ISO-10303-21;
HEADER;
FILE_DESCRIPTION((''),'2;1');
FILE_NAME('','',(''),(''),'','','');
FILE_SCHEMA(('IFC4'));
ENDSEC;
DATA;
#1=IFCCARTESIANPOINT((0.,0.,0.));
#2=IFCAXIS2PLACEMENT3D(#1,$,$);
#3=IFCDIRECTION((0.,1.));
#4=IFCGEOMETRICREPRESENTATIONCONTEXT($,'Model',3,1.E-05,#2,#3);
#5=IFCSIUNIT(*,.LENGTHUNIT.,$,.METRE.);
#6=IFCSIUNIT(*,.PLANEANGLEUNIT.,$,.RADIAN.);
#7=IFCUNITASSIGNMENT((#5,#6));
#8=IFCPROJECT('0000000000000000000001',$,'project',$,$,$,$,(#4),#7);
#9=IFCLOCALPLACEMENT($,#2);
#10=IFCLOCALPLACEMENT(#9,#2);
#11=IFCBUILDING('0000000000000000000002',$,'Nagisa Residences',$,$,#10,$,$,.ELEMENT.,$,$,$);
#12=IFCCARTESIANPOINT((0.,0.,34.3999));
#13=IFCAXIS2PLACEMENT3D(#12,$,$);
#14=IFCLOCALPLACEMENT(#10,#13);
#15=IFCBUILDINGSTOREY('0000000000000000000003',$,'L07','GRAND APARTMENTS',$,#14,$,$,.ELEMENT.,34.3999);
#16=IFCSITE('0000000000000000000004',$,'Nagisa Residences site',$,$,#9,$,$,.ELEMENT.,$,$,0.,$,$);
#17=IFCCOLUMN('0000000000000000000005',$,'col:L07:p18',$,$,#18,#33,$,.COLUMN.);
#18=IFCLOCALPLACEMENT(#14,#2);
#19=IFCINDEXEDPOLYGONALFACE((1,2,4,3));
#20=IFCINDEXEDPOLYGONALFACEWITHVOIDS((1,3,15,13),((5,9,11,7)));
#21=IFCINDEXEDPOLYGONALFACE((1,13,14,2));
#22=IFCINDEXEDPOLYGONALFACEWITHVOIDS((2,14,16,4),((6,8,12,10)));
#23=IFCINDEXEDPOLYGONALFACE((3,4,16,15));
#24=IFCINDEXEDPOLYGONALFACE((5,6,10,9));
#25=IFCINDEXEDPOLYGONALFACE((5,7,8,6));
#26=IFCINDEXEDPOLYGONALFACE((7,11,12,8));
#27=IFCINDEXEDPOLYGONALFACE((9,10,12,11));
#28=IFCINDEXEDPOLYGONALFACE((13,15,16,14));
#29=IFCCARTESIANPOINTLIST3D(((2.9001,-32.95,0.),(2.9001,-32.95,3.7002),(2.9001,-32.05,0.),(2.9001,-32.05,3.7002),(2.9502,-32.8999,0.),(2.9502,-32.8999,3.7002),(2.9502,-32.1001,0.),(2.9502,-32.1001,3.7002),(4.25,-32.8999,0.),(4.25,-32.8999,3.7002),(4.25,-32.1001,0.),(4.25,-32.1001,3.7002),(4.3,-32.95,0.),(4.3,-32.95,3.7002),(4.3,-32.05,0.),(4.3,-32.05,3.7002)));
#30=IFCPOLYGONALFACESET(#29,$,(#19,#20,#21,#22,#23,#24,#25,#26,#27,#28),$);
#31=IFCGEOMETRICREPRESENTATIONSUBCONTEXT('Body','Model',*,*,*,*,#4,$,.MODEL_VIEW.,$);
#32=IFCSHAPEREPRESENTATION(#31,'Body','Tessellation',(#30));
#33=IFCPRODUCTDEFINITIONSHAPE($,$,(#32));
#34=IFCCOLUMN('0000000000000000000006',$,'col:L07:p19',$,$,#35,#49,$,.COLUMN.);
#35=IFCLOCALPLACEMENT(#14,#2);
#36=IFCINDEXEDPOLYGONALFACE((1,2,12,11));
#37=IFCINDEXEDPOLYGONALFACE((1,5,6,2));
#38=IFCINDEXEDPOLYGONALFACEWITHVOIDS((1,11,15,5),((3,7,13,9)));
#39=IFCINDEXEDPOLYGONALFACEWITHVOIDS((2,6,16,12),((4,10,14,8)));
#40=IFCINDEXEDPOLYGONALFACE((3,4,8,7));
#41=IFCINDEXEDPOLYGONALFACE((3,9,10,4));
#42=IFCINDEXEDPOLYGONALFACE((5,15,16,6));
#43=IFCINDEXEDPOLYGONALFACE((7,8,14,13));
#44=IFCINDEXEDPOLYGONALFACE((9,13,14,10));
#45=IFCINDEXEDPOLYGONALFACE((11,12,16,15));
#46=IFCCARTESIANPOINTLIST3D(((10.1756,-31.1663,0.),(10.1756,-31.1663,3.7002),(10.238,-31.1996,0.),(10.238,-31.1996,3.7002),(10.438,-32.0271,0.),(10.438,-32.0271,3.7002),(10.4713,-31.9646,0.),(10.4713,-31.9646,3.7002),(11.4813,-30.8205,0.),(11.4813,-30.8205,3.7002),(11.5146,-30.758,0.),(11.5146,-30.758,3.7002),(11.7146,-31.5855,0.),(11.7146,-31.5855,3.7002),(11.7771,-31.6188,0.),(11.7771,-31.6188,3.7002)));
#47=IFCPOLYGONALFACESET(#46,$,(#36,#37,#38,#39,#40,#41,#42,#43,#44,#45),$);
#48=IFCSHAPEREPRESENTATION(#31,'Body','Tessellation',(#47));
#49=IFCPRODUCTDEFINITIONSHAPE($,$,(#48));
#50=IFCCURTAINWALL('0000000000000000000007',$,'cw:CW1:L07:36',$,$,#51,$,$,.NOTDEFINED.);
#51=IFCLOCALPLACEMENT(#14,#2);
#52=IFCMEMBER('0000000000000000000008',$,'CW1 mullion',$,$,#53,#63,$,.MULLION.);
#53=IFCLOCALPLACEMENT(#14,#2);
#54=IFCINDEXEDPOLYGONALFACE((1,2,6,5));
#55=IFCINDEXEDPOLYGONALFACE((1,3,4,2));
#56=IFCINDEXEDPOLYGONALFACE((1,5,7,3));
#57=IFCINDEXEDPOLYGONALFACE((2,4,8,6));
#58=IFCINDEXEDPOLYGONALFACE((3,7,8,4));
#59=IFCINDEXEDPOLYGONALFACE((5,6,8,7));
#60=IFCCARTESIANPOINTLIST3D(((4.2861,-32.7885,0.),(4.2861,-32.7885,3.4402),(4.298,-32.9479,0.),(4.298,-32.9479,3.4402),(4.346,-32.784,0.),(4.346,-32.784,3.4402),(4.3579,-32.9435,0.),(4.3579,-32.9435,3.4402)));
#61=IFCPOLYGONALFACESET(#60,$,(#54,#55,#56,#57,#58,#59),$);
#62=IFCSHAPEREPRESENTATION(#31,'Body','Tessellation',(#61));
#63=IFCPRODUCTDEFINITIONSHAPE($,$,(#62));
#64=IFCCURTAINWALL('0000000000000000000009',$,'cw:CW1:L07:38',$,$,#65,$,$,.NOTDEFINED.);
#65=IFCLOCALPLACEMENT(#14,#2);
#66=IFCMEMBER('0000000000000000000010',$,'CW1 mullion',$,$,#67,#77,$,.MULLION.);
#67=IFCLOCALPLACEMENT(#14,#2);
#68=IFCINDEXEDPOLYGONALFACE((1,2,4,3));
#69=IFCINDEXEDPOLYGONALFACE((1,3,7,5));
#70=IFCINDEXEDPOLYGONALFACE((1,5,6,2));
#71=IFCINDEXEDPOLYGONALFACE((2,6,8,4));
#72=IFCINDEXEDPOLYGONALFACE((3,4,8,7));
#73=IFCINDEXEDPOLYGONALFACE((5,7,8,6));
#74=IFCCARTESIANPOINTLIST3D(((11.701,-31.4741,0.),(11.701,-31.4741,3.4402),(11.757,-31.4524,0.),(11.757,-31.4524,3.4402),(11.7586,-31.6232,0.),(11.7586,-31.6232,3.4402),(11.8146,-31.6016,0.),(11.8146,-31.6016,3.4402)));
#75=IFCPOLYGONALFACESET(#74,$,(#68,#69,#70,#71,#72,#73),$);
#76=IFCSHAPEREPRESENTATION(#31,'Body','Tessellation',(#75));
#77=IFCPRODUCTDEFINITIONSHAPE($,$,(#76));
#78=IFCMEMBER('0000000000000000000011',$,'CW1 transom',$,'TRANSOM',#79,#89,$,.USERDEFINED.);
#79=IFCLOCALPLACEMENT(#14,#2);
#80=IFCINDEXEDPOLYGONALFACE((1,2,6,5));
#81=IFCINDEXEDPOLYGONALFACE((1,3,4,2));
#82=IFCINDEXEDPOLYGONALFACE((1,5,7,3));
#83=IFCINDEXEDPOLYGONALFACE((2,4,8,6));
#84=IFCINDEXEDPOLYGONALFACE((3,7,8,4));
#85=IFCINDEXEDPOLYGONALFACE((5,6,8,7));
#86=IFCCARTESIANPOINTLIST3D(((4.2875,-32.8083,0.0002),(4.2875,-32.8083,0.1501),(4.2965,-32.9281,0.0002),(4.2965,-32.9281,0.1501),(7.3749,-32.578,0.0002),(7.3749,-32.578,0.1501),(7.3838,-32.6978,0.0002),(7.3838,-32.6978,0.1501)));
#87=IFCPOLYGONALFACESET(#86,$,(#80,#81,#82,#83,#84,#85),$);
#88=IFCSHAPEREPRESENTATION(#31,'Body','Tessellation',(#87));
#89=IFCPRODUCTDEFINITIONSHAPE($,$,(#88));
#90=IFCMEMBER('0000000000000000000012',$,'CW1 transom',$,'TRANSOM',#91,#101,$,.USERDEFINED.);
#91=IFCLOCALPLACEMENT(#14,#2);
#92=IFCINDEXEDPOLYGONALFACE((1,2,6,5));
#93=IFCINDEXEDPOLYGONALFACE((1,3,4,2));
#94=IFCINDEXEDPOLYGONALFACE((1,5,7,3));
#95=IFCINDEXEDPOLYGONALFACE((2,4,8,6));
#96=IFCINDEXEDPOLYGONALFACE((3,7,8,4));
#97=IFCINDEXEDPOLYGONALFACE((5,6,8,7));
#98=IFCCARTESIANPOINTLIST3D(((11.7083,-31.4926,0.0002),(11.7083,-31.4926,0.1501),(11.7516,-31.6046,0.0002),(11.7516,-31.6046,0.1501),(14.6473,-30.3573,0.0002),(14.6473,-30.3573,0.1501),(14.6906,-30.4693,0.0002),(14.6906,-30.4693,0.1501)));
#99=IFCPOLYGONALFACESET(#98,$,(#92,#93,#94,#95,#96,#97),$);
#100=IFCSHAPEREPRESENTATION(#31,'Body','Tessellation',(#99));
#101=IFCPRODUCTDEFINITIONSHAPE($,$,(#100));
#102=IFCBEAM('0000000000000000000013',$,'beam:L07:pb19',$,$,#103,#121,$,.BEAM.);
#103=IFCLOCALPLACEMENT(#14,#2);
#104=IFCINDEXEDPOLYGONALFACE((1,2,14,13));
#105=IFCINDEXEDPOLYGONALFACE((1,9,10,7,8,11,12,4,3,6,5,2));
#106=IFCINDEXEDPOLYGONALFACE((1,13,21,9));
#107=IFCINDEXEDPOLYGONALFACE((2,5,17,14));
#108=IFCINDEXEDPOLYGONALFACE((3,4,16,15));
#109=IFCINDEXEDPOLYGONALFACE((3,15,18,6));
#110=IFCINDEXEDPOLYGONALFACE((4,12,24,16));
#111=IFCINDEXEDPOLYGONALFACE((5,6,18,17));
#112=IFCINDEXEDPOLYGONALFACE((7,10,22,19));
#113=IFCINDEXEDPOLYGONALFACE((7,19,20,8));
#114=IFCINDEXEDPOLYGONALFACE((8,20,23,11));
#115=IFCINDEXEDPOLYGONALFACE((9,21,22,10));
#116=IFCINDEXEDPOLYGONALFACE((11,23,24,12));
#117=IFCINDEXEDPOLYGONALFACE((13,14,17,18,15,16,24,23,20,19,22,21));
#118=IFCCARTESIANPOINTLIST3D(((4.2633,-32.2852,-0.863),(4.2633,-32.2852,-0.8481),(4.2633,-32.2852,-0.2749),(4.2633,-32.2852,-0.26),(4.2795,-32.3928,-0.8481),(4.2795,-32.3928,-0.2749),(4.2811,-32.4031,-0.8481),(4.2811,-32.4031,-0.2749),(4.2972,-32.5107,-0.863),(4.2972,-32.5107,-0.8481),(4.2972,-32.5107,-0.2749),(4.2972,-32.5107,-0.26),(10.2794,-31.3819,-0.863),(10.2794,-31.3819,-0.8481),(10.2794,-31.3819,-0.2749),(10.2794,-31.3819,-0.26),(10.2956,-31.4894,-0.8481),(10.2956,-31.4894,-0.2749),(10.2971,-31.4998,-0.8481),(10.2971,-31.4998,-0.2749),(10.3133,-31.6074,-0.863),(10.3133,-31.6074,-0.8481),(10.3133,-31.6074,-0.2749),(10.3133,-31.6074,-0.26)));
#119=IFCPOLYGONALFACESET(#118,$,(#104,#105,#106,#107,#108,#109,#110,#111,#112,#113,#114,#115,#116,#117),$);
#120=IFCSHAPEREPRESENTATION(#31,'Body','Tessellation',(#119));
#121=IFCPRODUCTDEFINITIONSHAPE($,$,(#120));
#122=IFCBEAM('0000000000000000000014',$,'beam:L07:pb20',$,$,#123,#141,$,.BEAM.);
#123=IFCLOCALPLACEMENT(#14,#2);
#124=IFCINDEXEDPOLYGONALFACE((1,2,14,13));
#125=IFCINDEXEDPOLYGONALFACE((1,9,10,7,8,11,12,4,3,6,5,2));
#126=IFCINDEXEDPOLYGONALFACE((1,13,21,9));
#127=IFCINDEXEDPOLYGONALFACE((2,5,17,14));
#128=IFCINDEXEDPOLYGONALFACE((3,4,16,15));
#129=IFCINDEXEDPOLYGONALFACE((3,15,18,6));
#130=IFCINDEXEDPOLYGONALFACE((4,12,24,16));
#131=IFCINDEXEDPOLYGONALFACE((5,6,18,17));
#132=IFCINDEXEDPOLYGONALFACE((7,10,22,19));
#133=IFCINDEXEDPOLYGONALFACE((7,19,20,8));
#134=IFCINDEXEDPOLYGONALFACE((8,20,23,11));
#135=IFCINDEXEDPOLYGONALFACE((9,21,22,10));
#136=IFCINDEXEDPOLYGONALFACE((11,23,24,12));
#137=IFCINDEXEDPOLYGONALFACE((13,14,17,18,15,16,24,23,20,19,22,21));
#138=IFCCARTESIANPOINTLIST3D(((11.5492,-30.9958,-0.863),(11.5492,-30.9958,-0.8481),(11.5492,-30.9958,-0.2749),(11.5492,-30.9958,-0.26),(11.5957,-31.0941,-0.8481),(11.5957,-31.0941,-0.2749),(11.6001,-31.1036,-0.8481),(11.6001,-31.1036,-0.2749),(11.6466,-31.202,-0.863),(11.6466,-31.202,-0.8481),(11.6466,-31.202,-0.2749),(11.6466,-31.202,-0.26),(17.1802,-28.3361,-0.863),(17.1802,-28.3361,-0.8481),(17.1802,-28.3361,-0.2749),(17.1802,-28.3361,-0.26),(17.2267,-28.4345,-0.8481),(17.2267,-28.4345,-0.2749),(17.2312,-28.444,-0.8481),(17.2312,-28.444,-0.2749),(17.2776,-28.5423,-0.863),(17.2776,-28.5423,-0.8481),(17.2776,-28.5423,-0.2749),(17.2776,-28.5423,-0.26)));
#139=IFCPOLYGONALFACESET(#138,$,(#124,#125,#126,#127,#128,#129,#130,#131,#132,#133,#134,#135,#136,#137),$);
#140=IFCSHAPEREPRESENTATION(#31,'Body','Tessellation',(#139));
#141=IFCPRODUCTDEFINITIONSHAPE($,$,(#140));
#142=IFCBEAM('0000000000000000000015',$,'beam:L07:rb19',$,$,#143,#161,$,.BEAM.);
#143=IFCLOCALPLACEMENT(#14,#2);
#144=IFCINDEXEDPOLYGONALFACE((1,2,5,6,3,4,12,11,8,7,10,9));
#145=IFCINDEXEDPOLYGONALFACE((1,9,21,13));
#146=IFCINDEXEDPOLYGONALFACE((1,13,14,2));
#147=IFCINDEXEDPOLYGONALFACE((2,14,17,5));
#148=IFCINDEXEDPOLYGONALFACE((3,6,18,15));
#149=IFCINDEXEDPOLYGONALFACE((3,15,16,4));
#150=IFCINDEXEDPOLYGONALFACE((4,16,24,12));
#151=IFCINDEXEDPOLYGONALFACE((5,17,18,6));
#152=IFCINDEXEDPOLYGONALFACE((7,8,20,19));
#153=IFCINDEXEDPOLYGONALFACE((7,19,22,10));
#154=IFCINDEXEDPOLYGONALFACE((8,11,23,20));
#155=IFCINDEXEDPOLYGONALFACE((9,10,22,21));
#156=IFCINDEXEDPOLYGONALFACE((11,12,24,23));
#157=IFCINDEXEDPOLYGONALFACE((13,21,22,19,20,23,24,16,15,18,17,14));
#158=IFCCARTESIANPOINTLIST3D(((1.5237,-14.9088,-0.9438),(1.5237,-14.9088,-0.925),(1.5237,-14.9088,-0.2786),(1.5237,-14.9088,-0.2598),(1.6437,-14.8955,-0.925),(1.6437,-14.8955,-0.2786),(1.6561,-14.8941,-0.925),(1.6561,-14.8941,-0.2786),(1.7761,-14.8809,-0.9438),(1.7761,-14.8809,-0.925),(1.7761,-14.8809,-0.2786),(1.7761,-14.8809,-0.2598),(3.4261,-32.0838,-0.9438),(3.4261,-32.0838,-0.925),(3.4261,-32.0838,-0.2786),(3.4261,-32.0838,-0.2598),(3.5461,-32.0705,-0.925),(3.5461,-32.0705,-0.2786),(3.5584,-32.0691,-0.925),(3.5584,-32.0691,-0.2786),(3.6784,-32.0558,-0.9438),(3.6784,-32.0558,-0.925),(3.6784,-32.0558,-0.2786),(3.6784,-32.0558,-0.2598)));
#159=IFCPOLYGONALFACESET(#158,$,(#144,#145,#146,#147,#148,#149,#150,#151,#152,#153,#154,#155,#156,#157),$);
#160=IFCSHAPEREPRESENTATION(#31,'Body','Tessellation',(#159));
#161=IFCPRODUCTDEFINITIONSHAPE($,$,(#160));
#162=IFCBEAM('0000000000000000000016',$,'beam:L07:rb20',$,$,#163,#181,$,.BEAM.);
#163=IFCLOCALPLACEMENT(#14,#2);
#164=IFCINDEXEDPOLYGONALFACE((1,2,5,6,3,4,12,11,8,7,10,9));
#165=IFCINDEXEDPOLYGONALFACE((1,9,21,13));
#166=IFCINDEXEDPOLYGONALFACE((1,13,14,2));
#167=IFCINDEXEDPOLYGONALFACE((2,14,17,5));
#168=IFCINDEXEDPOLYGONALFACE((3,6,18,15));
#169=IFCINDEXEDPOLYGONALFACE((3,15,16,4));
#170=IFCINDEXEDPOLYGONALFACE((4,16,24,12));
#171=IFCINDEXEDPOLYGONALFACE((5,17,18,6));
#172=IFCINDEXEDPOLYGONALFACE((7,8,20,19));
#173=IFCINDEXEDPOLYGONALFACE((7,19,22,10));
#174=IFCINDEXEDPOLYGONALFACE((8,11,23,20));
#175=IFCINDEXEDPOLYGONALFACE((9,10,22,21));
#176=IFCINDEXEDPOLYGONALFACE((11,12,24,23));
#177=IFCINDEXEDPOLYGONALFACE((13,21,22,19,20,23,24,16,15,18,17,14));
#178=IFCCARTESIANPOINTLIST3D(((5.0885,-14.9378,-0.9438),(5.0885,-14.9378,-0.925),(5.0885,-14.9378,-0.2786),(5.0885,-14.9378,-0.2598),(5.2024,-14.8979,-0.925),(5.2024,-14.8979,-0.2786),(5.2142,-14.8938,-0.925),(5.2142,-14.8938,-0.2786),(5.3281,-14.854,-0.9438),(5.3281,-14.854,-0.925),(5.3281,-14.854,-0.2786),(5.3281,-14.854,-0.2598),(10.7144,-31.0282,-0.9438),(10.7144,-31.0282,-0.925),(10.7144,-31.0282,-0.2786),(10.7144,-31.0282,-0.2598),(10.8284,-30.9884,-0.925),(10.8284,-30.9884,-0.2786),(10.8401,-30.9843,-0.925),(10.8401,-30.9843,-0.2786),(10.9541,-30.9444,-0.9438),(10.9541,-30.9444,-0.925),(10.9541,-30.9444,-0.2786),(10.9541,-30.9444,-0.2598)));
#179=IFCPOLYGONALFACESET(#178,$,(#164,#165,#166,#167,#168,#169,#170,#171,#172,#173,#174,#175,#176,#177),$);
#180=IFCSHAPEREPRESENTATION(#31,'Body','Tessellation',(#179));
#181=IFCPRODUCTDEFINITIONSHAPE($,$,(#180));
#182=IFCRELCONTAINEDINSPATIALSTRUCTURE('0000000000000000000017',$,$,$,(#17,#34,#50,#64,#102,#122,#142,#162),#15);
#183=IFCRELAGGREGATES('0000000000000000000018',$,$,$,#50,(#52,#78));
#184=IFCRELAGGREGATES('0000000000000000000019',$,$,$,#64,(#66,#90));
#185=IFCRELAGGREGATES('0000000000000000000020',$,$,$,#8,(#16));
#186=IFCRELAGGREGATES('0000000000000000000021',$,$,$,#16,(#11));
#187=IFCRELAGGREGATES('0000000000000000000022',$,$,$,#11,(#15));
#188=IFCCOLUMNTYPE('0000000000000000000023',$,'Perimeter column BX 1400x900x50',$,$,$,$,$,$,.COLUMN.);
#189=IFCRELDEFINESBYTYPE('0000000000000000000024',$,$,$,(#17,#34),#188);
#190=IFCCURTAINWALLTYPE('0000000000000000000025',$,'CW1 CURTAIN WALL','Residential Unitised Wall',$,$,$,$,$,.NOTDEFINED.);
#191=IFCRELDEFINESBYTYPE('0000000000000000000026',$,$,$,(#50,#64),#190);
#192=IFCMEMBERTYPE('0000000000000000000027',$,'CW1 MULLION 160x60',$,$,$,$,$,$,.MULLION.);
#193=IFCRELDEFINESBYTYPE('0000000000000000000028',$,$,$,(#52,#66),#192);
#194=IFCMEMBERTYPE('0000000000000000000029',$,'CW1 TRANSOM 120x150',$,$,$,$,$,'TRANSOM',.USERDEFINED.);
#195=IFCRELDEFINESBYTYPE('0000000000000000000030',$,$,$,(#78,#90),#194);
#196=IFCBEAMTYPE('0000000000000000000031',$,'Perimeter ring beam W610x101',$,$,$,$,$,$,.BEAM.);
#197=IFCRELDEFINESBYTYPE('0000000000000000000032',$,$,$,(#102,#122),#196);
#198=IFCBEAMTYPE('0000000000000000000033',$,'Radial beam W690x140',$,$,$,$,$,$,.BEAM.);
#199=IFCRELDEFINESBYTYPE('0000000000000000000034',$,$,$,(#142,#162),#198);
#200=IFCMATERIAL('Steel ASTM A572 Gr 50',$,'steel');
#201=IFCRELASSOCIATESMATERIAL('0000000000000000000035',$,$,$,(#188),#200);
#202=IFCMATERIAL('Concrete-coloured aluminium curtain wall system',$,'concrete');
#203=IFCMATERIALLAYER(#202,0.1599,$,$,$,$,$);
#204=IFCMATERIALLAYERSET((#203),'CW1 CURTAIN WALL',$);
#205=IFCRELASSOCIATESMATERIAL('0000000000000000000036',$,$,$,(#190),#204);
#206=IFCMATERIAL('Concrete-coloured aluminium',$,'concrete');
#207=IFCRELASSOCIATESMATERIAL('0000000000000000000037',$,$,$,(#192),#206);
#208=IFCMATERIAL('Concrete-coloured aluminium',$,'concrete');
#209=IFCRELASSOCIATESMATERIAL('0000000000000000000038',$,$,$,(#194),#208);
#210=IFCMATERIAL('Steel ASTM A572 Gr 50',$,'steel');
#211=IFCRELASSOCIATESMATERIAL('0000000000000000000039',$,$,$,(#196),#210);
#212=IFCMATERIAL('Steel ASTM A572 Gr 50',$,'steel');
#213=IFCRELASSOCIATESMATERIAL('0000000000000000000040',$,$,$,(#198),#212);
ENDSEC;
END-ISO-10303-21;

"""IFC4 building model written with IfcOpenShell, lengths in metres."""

from ifc_helpers import new_model, si_unit, direction, frame, origin, origin_2d, place, context, subcontext, project, spatial, rectangle, hollow_rectangle, i_section, extrude, material, layer, layer_set, material_profile, profile_set, type_object, element, aggregate, save


model = new_model("IFC4")

# Units and contexts
model_context = context("Model", 3, precision=1e-05, world=origin(), true_north=direction((0.0, 1.0)))
body_context = subcontext(model_context, "Body", "Model", "MODEL_VIEW")
ifc_project = project(units=[si_unit("LENGTHUNIT", "METRE"), si_unit("PLANEANGLEUNIT", "RADIAN")], contexts=[model_context])

# Site, building, storey
site_placement = place(None, origin())
site = spatial("IfcSite", under=ifc_project, at=site_placement, Name="Nagisa Residences site", CompositionType="ELEMENT", RefElevation=0.0)
building_placement = place(site_placement, origin())
building = spatial("IfcBuilding", under=site, at=building_placement, Name="Nagisa Residences", CompositionType="ELEMENT")
storey_placement = place(building_placement, frame((0.0, 0.0, 34.3999)))
storey = spatial("IfcBuildingStorey", under=building, at=storey_placement, Name="L07", Description="GRAND APARTMENTS", CompositionType="ELEMENT", Elevation=34.3999)

# Columns
ifc_material_1 = material(Name="Steel ASTM A572 Gr 50", Category="steel")
ifc_material_profile_1 = material_profile(ifc_material_1, hollow_rectangle(XDim=1.3999, YDim=0.8999, WallThickness=0.05, at=origin_2d()), Name="BX 1400x900x50")
ifc_profile_set_1 = profile_set([ifc_material_profile_1], Name="Steel ASTM A572 Gr 50")
column_type = type_object("IfcColumnType", Name="Perimeter column BX 1400x900x50", PredefinedType="COLUMN", material=ifc_profile_set_1)
for number, where, z_axis, x_axis, name in (
    (1, (3.6001, -32.5, 0.0), (0.0, 0.0, 1.0), (1.0, 0.0, 0.0), "col:L07:p18"),
    (2, (10.9763, -31.3926, 0.0), (0.0, 0.0, 1.0), (0.956525, 0.291652, 0.0), "col:L07:p19"),
):
    element("IfcColumn", number, at=place(storey_placement, frame(where, z_axis=z_axis, x_axis=x_axis)), inside=storey, type_object=column_type, Name=name, PredefinedType="COLUMN", context=body_context, shape_type="SweptSolid", body=[
        extrude(hollow_rectangle(XDim=1.3999, YDim=0.8999, WallThickness=0.05, at=origin_2d()), origin(), (0.0, 0.0, 1.0), 3.7002),
    ])

# Curtain walls, members
ifc_material_2 = material(Name="Concrete-coloured aluminium curtain wall system", Category="concrete")
ifc_layer_1 = layer(ifc_material_2, 0.1599)
ifc_layer_set_1 = layer_set([ifc_layer_1], Name="CW1 CURTAIN WALL")
curtain_wall_type = type_object("IfcCurtainWallType", Name="CW1 CURTAIN WALL", Description="Residential Unitised Wall", PredefinedType="NOTDEFINED", material=ifc_layer_set_1)
curtain_wall_1_placement = place(storey_placement, origin())
curtain_wall_1 = element("IfcCurtainWall", 3, at=curtain_wall_1_placement, inside=storey, type_object=curtain_wall_type, Name="cw:CW1:L07:36", PredefinedType="NOTDEFINED")
ifc_material_3 = material(Name="Concrete-coloured aluminium", Category="concrete")
ifc_material_profile_2 = material_profile(ifc_material_3, rectangle(XDim=0.1599, YDim=0.0601, at=origin_2d()), Name="CW1 MULLION 160x60")
ifc_profile_set_2 = profile_set([ifc_material_profile_2], Name="Concrete-coloured aluminium")
member_type_1 = type_object("IfcMemberType", Name="CW1 MULLION 160x60", PredefinedType="MULLION", material=ifc_profile_set_2)
member_1_placement = place(storey_placement, frame((4.322, -32.866, 0.0), z_axis=(0.0, 0.0, 1.0), x_axis=(-0.074377, 0.99723, 0.0)))
member_1 = element("IfcMember", 4, at=member_1_placement, type_object=member_type_1, Name="CW1 mullion", PredefinedType="MULLION", context=body_context, shape_type="SweptSolid", body=[
    extrude(rectangle(XDim=0.1599, YDim=0.0601, at=origin_2d()), origin(), (0.0, 0.0, 1.0), 3.4402),
])
curtain_wall_2_placement = place(storey_placement, origin())
curtain_wall_2 = element("IfcCurtainWall", 5, at=curtain_wall_2_placement, inside=storey, type_object=curtain_wall_type, Name="cw:CW1:L07:38", PredefinedType="NOTDEFINED")
member_2_placement = place(storey_placement, frame((11.7578, -31.5378, 0.0), z_axis=(0.0, 0.0, 1.0), x_axis=(-0.360328, 0.932826, 0.0)))
member_2 = element("IfcMember", 6, at=member_2_placement, type_object=member_type_1, Name="CW1 mullion", PredefinedType="MULLION", context=body_context, shape_type="SweptSolid", body=[
    extrude(rectangle(XDim=0.1599, YDim=0.0601, at=origin_2d()), origin(), (0.0, 0.0, 1.0), 3.4402),
])

# Members
ifc_material_4 = material(Name="Concrete-coloured aluminium", Category="concrete")
ifc_material_profile_3 = material_profile(ifc_material_4, rectangle(XDim=0.1201, YDim=0.1499, at=origin_2d()), Name="CW1 TRANSOM 120x150")
ifc_profile_set_3 = profile_set([ifc_material_profile_3], Name="Concrete-coloured aluminium")
member_type_2 = type_object("IfcMemberType", Name="CW1 TRANSOM 120x150", ElementType="TRANSOM", PredefinedType="USERDEFINED", material=ifc_profile_set_3)
member_3_placement = place(storey_placement, frame((4.292, -32.8682, 0.0752), z_axis=(0.997231, 0.074363, 0.0), x_axis=(-0.074363, 0.997231, 0.0)))
member_3 = element("IfcMember", 7, at=member_3_placement, type_object=member_type_2, Name="CW1 transom", ObjectType="TRANSOM", PredefinedType="USERDEFINED", context=body_context, shape_type="SweptSolid", body=[
    extrude(rectangle(XDim=0.1201, YDim=0.1499, at=origin_2d()), origin(), (0.0, 0.0, 1.0), 3.0959),
])
member_4_placement = place(storey_placement, frame((11.73, -31.5486, 0.0752), z_axis=(0.932825, 0.360329, 0.0), x_axis=(-0.360329, 0.932825, 0.0)))
member_4 = element("IfcMember", 8, at=member_4_placement, type_object=member_type_2, Name="CW1 transom", ObjectType="TRANSOM", PredefinedType="USERDEFINED", context=body_context, shape_type="SweptSolid", body=[
    extrude(rectangle(XDim=0.1201, YDim=0.1499, at=origin_2d()), origin(), (0.0, 0.0, 1.0), 3.1506),
])

# Beams
ifc_material_5 = material(Name="Steel ASTM A572 Gr 50", Category="steel")
ifc_material_profile_4 = material_profile(ifc_material_5, i_section(OverallWidth=0.228, OverallDepth=0.603, WebThickness=0.0105, FlangeThickness=0.0149, at=origin_2d()), Name="W610x101")
ifc_profile_set_4 = profile_set([ifc_material_profile_4], Name="Steel ASTM A572 Gr 50")
beam_type_1 = type_object("IfcBeamType", Name="Perimeter ring beam W610x101", PredefinedType="BEAM", material=ifc_profile_set_4)
beam_1_placement = place(storey_placement, frame((4.2803, -32.3979, -0.5615), z_axis=(0.988915, 0.148486, 0.0), x_axis=(-0.148486, 0.988915, 0.0)))
element("IfcBeam", 9, at=beam_1_placement, inside=storey, type_object=beam_type_1, Name="beam:L07:pb19", PredefinedType="BEAM", context=body_context, shape_type="SweptSolid", body=[
    extrude(i_section(OverallWidth=0.228, OverallDepth=0.603, WebThickness=0.0105, FlangeThickness=0.0149, at=origin_2d()), origin(), (0.0, 0.0, 1.0), 6.0835),
])
beam_2_placement = place(storey_placement, frame((11.5979, -31.0989, -0.5615), z_axis=(0.904215, 0.427077, 0.0), x_axis=(-0.427077, 0.904215, 0.0)))
element("IfcBeam", 10, at=beam_2_placement, inside=storey, type_object=beam_type_1, Name="beam:L07:pb20", PredefinedType="BEAM", context=body_context, shape_type="SweptSolid", body=[
    extrude(i_section(OverallWidth=0.228, OverallDepth=0.603, WebThickness=0.0105, FlangeThickness=0.0149, at=origin_2d()), origin(), (0.0, 0.0, 1.0), 6.2275),
])
ifc_material_6 = material(Name="Steel ASTM A572 Gr 50", Category="steel")
ifc_material_profile_5 = material_profile(ifc_material_6, i_section(OverallWidth=0.2539, OverallDepth=0.6841, WebThickness=0.0125, FlangeThickness=0.0188, at=origin_2d()), Name="W690x140")
ifc_profile_set_5 = profile_set([ifc_material_profile_5], Name="Steel ASTM A572 Gr 50")
beam_type_2 = type_object("IfcBeamType", Name="Radial beam W690x140", PredefinedType="BEAM", material=ifc_profile_set_5)
beam_3_placement = place(storey_placement, frame((3.5522, -32.0698, -0.6018), z_axis=(-0.110089, 0.993922, 0.0), x_axis=(-0.993922, -0.110089, 0.0)))
element("IfcBeam", 11, at=beam_3_placement, inside=storey, type_object=beam_type_2, Name="beam:L07:rb19", PredefinedType="BEAM", context=body_context, shape_type="SweptSolid", body=[
    extrude(i_section(OverallWidth=0.2539, OverallDepth=0.6841, WebThickness=0.0125, FlangeThickness=0.0188, at=origin_2d()), origin(), (0.0, 0.0, 1.0), 17.28),
])
beam_4_placement = place(storey_placement, frame((10.8342, -30.9863, -0.6018), z_axis=(-0.330051, 0.943963, 0.0), x_axis=(-0.943963, -0.330051, 0.0)))
element("IfcBeam", 12, at=beam_4_placement, inside=storey, type_object=beam_type_2, Name="beam:L07:rb20", PredefinedType="BEAM", context=body_context, shape_type="SweptSolid", body=[
    extrude(i_section(OverallWidth=0.2539, OverallDepth=0.6841, WebThickness=0.0125, FlangeThickness=0.0188, at=origin_2d()), origin(), (0.0, 0.0, 1.0), 17.0457),
])

aggregate(curtain_wall_1, [member_1, member_3])
aggregate(curtain_wall_2, [member_2, member_4])

save(model, "model.ifc")
